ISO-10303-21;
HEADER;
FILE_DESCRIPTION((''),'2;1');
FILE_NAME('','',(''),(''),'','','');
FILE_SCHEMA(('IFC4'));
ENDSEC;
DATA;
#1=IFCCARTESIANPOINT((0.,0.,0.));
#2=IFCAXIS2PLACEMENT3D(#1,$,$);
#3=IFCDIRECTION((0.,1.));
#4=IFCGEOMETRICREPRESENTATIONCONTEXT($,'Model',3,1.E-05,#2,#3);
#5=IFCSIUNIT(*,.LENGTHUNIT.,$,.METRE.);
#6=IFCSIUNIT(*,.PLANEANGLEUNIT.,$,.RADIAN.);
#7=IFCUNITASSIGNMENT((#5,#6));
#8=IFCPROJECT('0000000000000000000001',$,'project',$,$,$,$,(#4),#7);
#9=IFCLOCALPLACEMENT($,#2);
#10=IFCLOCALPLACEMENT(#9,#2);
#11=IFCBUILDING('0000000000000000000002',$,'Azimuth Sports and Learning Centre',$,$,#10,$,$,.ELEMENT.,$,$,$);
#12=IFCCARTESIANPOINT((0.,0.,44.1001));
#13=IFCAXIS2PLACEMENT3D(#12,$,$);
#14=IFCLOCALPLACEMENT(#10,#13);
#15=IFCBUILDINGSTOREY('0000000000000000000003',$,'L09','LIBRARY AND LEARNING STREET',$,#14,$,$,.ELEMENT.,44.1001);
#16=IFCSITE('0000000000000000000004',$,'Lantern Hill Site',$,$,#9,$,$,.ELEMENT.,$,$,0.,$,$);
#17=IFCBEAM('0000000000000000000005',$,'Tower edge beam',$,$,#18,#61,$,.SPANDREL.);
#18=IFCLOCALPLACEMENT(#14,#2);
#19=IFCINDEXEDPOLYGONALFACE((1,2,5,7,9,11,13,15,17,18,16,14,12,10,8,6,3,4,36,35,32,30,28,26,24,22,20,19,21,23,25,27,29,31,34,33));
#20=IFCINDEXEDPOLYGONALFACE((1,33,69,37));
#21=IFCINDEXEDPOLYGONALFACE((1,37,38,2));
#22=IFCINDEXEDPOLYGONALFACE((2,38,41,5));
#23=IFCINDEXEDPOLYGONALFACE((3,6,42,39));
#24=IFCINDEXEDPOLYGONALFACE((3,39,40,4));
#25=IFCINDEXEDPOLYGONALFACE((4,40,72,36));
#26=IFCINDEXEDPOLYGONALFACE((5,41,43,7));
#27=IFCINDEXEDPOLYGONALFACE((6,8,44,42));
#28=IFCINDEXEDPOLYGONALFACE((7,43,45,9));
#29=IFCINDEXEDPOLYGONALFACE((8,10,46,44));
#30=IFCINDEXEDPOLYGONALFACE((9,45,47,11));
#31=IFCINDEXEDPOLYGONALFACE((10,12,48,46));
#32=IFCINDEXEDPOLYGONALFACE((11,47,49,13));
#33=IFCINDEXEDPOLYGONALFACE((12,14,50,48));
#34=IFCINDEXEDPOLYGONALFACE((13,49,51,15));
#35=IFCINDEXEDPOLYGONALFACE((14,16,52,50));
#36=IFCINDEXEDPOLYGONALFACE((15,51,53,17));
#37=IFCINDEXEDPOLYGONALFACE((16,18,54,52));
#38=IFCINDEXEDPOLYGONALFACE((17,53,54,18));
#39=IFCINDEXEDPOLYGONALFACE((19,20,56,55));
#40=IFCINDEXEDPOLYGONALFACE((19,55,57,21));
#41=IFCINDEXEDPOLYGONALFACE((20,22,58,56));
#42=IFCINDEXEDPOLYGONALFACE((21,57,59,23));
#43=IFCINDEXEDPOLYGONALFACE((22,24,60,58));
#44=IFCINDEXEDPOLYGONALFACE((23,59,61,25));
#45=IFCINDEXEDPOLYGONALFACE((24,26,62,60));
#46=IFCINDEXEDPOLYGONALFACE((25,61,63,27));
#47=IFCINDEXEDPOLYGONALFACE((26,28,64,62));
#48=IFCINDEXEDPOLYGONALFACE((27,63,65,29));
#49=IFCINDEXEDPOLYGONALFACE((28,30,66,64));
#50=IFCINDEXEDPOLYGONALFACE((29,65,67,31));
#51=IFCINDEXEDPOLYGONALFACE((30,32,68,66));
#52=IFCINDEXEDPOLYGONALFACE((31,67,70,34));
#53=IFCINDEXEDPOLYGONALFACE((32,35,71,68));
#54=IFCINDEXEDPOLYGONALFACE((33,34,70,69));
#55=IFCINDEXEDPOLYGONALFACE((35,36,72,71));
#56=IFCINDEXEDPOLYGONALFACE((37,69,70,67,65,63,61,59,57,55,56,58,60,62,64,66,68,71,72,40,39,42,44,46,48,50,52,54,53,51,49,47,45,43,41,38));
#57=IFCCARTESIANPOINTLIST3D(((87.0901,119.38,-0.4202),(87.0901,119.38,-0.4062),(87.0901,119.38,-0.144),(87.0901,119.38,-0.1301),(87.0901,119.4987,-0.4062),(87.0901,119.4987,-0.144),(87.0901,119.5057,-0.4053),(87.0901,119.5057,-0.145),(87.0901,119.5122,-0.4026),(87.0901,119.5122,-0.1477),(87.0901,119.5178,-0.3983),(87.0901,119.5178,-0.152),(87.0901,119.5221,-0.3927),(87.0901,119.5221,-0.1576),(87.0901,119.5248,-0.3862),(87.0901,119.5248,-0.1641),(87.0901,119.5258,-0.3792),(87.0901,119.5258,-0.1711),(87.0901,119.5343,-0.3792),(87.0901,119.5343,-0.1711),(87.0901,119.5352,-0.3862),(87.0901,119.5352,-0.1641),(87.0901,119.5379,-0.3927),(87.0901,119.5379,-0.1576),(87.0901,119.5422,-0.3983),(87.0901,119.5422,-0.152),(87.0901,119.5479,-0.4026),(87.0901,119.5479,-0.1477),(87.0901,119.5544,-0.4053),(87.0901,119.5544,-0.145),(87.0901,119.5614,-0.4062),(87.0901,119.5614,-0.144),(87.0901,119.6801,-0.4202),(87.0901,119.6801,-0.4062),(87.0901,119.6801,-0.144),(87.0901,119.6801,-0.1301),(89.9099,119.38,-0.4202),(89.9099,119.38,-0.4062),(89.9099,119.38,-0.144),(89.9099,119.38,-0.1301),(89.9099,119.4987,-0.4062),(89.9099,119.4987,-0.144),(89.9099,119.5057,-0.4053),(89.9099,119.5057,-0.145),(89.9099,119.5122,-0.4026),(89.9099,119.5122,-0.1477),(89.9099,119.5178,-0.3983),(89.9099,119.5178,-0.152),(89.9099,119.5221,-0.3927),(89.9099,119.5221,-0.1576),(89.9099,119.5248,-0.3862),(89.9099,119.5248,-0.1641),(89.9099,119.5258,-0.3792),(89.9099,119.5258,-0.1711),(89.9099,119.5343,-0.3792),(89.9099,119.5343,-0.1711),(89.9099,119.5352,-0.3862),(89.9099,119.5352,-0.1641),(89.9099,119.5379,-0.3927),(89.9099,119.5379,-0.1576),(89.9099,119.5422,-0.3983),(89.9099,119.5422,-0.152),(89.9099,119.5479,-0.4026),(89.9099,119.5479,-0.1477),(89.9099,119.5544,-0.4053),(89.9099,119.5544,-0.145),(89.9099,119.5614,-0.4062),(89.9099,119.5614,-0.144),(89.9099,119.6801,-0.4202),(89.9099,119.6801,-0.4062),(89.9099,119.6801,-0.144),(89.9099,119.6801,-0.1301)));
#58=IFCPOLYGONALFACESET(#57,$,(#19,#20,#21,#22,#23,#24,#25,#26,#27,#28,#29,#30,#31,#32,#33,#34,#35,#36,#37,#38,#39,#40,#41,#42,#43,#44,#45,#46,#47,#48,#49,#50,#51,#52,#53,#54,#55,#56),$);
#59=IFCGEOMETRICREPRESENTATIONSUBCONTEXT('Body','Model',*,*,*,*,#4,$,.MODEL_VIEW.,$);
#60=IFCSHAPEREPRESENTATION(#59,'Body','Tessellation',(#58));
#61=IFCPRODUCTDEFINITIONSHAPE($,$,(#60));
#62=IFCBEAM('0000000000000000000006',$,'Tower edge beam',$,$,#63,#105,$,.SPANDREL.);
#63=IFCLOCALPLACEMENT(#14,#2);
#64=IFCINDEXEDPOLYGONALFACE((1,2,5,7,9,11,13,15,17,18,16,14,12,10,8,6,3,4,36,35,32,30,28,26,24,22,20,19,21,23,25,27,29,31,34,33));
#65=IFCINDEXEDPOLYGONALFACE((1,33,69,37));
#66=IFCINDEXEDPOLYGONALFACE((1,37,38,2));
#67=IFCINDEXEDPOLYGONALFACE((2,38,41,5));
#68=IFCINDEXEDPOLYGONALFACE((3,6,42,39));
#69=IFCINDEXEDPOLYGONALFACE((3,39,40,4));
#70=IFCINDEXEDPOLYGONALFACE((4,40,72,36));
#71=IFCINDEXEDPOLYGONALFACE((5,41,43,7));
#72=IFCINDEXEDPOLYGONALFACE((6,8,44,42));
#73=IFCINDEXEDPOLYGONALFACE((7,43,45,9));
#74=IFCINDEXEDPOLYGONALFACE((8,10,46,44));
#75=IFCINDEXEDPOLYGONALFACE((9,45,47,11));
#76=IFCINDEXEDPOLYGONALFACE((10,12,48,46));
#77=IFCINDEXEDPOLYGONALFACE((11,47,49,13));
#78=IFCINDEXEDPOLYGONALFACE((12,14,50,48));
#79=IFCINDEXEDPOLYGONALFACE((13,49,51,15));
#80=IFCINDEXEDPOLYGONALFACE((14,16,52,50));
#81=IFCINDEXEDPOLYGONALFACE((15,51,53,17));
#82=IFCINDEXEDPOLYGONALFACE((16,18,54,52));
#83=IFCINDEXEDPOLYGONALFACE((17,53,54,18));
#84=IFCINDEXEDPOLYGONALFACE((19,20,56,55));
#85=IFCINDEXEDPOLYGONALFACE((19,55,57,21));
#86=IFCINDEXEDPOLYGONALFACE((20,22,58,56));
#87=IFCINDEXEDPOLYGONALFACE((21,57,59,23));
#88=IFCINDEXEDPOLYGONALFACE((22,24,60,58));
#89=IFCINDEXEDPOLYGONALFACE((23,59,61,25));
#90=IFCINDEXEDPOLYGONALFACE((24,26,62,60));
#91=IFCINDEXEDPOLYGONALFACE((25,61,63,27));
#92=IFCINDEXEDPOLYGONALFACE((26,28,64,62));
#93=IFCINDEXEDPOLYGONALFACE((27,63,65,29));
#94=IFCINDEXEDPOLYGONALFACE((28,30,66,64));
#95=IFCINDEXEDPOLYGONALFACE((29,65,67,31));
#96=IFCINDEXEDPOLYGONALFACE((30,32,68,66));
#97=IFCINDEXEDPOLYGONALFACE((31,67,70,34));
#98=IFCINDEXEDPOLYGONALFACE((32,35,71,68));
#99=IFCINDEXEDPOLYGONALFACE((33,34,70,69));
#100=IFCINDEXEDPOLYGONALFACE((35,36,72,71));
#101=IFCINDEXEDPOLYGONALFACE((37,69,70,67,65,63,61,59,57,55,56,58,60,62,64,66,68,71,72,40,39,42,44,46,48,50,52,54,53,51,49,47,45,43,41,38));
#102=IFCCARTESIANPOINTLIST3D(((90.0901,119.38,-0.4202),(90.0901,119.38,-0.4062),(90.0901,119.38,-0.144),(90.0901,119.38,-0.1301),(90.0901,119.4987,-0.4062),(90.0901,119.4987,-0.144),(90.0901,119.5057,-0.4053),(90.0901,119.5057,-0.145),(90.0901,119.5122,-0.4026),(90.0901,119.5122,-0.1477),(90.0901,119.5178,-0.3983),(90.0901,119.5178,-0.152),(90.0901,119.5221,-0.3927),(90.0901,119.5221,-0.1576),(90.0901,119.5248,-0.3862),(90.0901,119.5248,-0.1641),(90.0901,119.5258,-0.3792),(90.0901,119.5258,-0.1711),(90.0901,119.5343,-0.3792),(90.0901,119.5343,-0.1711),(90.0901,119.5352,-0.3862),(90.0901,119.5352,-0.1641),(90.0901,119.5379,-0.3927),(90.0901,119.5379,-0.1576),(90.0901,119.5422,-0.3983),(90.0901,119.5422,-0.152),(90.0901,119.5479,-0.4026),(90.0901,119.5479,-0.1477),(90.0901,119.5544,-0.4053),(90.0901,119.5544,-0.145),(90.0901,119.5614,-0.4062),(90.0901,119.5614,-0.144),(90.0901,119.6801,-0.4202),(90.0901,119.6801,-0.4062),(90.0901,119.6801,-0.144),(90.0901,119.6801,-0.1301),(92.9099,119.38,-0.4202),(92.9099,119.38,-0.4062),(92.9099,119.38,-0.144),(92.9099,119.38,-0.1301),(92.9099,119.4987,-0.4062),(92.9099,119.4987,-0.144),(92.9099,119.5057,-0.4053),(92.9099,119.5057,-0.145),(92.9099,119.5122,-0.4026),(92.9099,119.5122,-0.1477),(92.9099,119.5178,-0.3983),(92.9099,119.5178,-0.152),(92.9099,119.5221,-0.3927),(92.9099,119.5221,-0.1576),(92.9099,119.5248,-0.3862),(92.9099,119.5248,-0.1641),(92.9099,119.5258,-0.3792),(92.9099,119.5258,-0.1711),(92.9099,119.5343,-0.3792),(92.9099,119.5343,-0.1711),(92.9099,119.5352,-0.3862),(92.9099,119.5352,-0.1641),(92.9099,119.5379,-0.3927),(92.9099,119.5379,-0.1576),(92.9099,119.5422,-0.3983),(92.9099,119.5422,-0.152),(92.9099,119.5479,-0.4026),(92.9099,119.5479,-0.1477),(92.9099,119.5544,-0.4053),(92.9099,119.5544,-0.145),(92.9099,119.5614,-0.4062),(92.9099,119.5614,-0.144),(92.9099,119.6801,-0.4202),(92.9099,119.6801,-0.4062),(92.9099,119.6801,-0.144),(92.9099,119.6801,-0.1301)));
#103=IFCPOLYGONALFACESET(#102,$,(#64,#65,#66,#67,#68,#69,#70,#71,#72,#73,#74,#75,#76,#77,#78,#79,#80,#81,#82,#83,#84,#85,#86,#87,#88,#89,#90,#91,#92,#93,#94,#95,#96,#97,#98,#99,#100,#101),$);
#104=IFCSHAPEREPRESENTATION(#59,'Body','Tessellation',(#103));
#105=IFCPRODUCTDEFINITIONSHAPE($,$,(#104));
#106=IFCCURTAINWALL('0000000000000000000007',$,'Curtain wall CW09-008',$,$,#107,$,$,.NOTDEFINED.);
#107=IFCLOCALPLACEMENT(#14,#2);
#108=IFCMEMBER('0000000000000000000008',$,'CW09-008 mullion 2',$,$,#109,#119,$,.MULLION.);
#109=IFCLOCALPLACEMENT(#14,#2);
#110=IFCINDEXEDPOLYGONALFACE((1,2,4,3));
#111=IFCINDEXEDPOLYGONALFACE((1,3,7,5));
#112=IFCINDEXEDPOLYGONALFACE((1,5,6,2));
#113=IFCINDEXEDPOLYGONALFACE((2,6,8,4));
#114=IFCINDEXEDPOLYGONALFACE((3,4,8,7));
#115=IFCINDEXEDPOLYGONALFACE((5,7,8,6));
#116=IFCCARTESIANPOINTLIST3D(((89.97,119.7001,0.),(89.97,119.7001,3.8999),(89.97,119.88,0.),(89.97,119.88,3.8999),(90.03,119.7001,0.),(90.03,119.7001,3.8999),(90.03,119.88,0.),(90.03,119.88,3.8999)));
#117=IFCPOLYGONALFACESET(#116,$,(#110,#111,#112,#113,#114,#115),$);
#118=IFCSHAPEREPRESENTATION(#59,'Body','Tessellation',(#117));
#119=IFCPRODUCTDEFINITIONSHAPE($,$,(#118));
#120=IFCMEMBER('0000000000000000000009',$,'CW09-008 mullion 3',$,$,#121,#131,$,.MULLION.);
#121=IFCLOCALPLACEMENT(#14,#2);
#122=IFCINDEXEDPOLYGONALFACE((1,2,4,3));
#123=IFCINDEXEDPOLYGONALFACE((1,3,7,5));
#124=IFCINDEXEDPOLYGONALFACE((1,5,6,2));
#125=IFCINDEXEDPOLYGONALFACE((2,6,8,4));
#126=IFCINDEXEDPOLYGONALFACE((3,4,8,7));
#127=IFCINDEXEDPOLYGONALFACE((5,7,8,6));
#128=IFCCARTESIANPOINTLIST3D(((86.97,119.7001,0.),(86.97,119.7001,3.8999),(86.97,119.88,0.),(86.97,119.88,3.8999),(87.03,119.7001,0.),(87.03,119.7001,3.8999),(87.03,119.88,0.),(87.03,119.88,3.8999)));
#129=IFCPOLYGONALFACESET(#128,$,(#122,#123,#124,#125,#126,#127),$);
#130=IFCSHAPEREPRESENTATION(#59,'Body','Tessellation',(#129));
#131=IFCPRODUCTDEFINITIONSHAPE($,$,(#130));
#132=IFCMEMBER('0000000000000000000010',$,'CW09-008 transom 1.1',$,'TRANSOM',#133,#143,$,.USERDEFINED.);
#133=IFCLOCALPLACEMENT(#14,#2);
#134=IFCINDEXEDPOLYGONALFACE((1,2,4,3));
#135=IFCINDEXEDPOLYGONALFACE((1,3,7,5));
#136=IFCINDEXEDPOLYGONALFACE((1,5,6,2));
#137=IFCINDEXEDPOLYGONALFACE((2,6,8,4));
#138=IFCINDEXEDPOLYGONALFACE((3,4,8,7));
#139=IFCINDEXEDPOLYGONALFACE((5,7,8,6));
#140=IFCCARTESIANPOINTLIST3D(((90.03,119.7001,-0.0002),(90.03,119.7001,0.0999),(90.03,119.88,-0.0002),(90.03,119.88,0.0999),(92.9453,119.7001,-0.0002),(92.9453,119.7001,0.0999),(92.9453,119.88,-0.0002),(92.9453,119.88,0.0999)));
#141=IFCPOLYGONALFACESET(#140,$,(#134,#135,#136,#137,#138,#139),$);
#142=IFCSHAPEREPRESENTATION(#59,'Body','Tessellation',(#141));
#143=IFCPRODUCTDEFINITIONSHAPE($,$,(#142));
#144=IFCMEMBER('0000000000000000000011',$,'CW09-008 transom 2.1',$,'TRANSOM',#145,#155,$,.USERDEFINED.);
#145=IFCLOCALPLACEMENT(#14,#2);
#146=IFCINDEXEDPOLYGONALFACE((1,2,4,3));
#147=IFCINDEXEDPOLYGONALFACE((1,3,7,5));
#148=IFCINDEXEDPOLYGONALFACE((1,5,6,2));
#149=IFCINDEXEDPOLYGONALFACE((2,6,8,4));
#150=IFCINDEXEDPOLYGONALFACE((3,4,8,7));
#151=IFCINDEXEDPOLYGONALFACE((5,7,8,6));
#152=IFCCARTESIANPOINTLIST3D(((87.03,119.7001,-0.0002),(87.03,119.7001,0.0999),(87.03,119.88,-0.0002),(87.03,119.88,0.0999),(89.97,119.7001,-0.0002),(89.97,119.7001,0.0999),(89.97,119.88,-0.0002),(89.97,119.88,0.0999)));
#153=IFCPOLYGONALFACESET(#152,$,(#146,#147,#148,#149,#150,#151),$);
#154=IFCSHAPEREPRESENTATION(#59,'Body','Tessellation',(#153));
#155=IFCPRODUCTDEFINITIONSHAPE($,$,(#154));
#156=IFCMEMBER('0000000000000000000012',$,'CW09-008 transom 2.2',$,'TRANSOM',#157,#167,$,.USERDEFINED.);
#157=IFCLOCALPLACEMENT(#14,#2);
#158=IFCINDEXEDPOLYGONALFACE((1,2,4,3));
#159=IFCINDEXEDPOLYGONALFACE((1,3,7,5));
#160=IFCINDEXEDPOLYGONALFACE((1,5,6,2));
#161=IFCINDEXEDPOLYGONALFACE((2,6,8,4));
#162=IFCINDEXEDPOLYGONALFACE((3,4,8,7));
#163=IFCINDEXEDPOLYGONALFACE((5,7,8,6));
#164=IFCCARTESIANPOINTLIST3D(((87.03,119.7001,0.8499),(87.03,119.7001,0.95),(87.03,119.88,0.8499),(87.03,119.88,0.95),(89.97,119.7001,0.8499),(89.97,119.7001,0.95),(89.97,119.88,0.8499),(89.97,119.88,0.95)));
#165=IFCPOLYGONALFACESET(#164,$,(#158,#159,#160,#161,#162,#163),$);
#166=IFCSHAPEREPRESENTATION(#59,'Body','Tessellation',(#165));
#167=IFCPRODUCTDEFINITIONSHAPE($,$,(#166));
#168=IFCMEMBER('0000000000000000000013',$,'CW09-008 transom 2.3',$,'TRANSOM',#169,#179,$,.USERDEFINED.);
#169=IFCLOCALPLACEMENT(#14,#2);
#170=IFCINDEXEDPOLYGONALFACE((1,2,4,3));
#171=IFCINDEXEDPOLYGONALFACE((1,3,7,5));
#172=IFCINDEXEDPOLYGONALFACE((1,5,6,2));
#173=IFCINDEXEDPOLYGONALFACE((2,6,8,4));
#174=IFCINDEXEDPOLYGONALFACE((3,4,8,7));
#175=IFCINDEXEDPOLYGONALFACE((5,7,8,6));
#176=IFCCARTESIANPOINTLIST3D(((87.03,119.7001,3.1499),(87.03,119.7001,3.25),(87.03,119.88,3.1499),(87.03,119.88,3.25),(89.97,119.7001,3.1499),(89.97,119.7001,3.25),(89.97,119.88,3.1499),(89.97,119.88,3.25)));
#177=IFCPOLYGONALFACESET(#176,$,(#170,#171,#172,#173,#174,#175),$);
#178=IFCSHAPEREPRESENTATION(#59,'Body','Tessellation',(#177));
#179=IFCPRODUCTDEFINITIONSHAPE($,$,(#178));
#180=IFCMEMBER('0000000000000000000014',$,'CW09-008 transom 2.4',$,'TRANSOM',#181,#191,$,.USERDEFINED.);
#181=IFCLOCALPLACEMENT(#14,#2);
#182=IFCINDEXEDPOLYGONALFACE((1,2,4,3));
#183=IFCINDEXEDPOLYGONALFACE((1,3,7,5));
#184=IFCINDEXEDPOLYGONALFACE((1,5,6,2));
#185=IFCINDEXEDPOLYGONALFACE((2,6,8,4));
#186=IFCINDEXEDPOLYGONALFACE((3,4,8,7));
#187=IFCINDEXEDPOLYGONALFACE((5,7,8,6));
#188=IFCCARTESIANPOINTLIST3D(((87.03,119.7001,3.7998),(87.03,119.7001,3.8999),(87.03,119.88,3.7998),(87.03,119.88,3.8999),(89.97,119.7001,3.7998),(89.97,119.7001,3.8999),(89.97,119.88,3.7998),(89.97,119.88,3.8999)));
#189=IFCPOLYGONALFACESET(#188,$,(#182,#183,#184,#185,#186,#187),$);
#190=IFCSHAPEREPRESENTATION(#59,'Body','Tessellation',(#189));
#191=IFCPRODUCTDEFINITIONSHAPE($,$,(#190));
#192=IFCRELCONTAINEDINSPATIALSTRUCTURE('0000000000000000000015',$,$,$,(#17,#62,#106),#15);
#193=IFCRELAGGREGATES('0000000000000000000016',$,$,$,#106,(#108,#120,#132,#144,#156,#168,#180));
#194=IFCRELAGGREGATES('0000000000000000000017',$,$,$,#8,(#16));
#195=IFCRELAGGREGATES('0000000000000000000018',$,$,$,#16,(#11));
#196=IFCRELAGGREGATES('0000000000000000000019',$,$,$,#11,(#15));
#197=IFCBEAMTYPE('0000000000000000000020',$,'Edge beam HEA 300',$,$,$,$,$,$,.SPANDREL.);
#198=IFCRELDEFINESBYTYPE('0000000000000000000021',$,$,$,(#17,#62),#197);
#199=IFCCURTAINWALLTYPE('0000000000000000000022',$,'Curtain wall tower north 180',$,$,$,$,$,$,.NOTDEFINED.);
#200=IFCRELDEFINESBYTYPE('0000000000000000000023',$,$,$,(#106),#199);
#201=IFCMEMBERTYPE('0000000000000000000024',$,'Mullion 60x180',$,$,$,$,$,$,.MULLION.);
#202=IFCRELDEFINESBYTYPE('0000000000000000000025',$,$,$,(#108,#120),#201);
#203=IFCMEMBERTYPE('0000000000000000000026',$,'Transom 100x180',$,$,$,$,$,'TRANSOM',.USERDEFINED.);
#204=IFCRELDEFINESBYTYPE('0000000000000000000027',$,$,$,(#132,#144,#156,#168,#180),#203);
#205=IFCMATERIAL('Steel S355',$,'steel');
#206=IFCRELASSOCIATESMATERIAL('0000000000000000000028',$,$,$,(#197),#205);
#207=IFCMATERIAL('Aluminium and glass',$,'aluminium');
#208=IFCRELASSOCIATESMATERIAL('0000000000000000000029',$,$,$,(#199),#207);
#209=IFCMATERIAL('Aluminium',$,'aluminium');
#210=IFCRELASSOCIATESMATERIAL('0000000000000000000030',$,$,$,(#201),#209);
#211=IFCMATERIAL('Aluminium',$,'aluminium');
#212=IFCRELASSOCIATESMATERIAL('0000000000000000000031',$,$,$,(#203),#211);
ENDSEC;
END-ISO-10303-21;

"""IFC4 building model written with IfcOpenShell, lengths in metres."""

from ifc_helpers import new_model, si_unit, direction, frame, origin, origin_2d, place, context, subcontext, project, spatial, rectangle, i_section, extrude, material, material_profile, profile_set, type_object, element, aggregate, save


model = new_model("IFC4")

# Units and contexts
model_context = context("Model", 3, precision=1e-05, world=origin(), true_north=direction((0.0, 1.0)))
body_context = subcontext(model_context, "Body", "Model", "MODEL_VIEW")
ifc_project = project(units=[si_unit("LENGTHUNIT", "METRE"), si_unit("PLANEANGLEUNIT", "RADIAN")], contexts=[model_context])

# Site, building, storey
site_placement = place(None, origin())
site = spatial("IfcSite", under=ifc_project, at=site_placement, Name="Lantern Hill Site", CompositionType="ELEMENT", RefElevation=0.0)
building_placement = place(site_placement, origin())
building = spatial("IfcBuilding", under=site, at=building_placement, Name="Azimuth Sports and Learning Centre", CompositionType="ELEMENT")
storey_placement = place(building_placement, frame((0.0, 0.0, 44.1001)))
storey = spatial("IfcBuildingStorey", under=building, at=storey_placement, Name="L09", Description="LIBRARY AND LEARNING STREET", CompositionType="ELEMENT", Elevation=44.1001)

# Beams
ifc_material_1 = material(Name="Steel S355", Category="steel")
ifc_material_profile_1 = material_profile(ifc_material_1, i_section(OverallWidth=0.3, OverallDepth=0.29, WebThickness=0.0085, FlangeThickness=0.0139, FilletRadius=0.0271, at=origin_2d()), Name="HEA 300")
ifc_profile_set_1 = profile_set([ifc_material_profile_1], Name="Steel S355")
beam_type = type_object("IfcBeamType", Name="Edge beam HEA 300", PredefinedType="SPANDREL", material=ifc_profile_set_1)
for number, where, z_axis, x_axis, name in (
    (1, (87.0901, 119.53, -0.2751), (1.0, 0.0, 0.0), (0.0, 1.0, 0.0), "Tower edge beam"),
    (2, (90.0901, 119.53, -0.2751), (1.0, 0.0, 0.0), (0.0, 1.0, 0.0), "Tower edge beam"),
):
    element("IfcBeam", number, at=place(storey_placement, frame(where, z_axis=z_axis, x_axis=x_axis)), inside=storey, type_object=beam_type, Name=name, PredefinedType="SPANDREL", context=body_context, shape_type="SweptSolid", body=[
        extrude(i_section(OverallWidth=0.3, OverallDepth=0.29, WebThickness=0.0085, FlangeThickness=0.0139, FilletRadius=0.0271, at=origin_2d()), origin(), (0.0, 0.0, 1.0), 2.8198),
    ])

# Curtain wall, members
ifc_material_2 = material(Name="Aluminium and glass", Category="aluminium")
curtain_wall_type = type_object("IfcCurtainWallType", Name="Curtain wall tower north 180", PredefinedType="NOTDEFINED", material=ifc_material_2)
curtain_wall_placement = place(storey_placement, origin())
curtain_wall = element("IfcCurtainWall", 3, at=curtain_wall_placement, inside=storey, type_object=curtain_wall_type, Name="Curtain wall CW09-008", PredefinedType="NOTDEFINED")
ifc_material_3 = material(Name="Aluminium", Category="aluminium")
ifc_material_profile_2 = material_profile(ifc_material_3, rectangle(XDim=0.1799, YDim=0.0601, at=origin_2d()), Name="Mullion 60x180")
ifc_profile_set_2 = profile_set([ifc_material_profile_2], Name="Aluminium")
member_type_1 = type_object("IfcMemberType", Name="Mullion 60x180", PredefinedType="MULLION", material=ifc_profile_set_2)
member_1_placement = place(storey_placement, frame((90.0, 119.79, 0.0), z_axis=(0.0, 0.0, 1.0), x_axis=(0.0, -1.0, 0.0)))
member_1 = element("IfcMember", 4, at=member_1_placement, type_object=member_type_1, Name="CW09-008 mullion 2", PredefinedType="MULLION", context=body_context, shape_type="SweptSolid", body=[
    extrude(rectangle(XDim=0.1799, YDim=0.0601, at=origin_2d()), origin(), (0.0, 0.0, 1.0), 3.8999),
])
member_2_placement = place(storey_placement, frame((87.0, 119.79, 0.0), z_axis=(0.0, 0.0, 1.0), x_axis=(0.0, -1.0, 0.0)))
member_2 = element("IfcMember", 5, at=member_2_placement, type_object=member_type_1, Name="CW09-008 mullion 3", PredefinedType="MULLION", context=body_context, shape_type="SweptSolid", body=[
    extrude(rectangle(XDim=0.1799, YDim=0.0601, at=origin_2d()), origin(), (0.0, 0.0, 1.0), 3.8999),
])
ifc_material_4 = material(Name="Aluminium", Category="aluminium")
ifc_material_profile_3 = material_profile(ifc_material_4, rectangle(XDim=0.1799, YDim=0.1001, at=origin_2d()), Name="Transom 100x180")
ifc_profile_set_3 = profile_set([ifc_material_profile_3], Name="Aluminium")
member_type_2 = type_object("IfcMemberType", Name="Transom 100x180", ElementType="TRANSOM", PredefinedType="USERDEFINED", material=ifc_profile_set_3)
member_3_placement = place(storey_placement, frame((92.9453, 119.79, 0.0498), z_axis=(-1.0, 0.0, 0.0), x_axis=(0.0, -1.0, 0.0)))
member_3 = element("IfcMember", 6, at=member_3_placement, type_object=member_type_2, Name="CW09-008 transom 1.1", ObjectType="TRANSOM", PredefinedType="USERDEFINED", context=body_context, shape_type="SweptSolid", body=[
    extrude(rectangle(XDim=0.1799, YDim=0.1001, at=origin_2d()), origin(), (0.0, 0.0, 1.0), 2.9153),
])
member_4_placement = place(storey_placement, frame((89.97, 119.79, 0.0498), z_axis=(-1.0, 0.0, 0.0), x_axis=(0.0, -1.0, 0.0)))
member_4 = element("IfcMember", 7, at=member_4_placement, type_object=member_type_2, Name="CW09-008 transom 2.1", ObjectType="TRANSOM", PredefinedType="USERDEFINED", context=body_context, shape_type="SweptSolid", body=[
    extrude(rectangle(XDim=0.1799, YDim=0.1001, at=origin_2d()), origin(), (0.0, 0.0, 1.0), 2.9399),
])
member_5_placement = place(storey_placement, frame((89.97, 119.79, 0.8999), z_axis=(-1.0, 0.0, 0.0), x_axis=(0.0, -1.0, 0.0)))
member_5 = element("IfcMember", 8, at=member_5_placement, type_object=member_type_2, Name="CW09-008 transom 2.2", ObjectType="TRANSOM", PredefinedType="USERDEFINED", context=body_context, shape_type="SweptSolid", body=[
    extrude(rectangle(XDim=0.1799, YDim=0.1001, at=origin_2d()), origin(), (0.0, 0.0, 1.0), 2.9399),
])
member_6_placement = place(storey_placement, frame((89.97, 119.79, 3.2), z_axis=(-1.0, 0.0, 0.0), x_axis=(0.0, -1.0, 0.0)))
member_6 = element("IfcMember", 9, at=member_6_placement, type_object=member_type_2, Name="CW09-008 transom 2.3", ObjectType="TRANSOM", PredefinedType="USERDEFINED", context=body_context, shape_type="SweptSolid", body=[
    extrude(rectangle(XDim=0.1799, YDim=0.1001, at=origin_2d()), origin(), (0.0, 0.0, 1.0), 2.9399),
])
member_7_placement = place(storey_placement, frame((89.97, 119.79, 3.8499), z_axis=(-1.0, 0.0, 0.0), x_axis=(0.0, -1.0, 0.0)))
member_7 = element("IfcMember", 10, at=member_7_placement, type_object=member_type_2, Name="CW09-008 transom 2.4", ObjectType="TRANSOM", PredefinedType="USERDEFINED", context=body_context, shape_type="SweptSolid", body=[
    extrude(rectangle(XDim=0.1799, YDim=0.1001, at=origin_2d()), origin(), (0.0, 0.0, 1.0), 2.9399),
])
aggregate(curtain_wall, [member_1, member_2, member_3, member_4, member_5, member_6, member_7])

save(model, "model.ifc")
